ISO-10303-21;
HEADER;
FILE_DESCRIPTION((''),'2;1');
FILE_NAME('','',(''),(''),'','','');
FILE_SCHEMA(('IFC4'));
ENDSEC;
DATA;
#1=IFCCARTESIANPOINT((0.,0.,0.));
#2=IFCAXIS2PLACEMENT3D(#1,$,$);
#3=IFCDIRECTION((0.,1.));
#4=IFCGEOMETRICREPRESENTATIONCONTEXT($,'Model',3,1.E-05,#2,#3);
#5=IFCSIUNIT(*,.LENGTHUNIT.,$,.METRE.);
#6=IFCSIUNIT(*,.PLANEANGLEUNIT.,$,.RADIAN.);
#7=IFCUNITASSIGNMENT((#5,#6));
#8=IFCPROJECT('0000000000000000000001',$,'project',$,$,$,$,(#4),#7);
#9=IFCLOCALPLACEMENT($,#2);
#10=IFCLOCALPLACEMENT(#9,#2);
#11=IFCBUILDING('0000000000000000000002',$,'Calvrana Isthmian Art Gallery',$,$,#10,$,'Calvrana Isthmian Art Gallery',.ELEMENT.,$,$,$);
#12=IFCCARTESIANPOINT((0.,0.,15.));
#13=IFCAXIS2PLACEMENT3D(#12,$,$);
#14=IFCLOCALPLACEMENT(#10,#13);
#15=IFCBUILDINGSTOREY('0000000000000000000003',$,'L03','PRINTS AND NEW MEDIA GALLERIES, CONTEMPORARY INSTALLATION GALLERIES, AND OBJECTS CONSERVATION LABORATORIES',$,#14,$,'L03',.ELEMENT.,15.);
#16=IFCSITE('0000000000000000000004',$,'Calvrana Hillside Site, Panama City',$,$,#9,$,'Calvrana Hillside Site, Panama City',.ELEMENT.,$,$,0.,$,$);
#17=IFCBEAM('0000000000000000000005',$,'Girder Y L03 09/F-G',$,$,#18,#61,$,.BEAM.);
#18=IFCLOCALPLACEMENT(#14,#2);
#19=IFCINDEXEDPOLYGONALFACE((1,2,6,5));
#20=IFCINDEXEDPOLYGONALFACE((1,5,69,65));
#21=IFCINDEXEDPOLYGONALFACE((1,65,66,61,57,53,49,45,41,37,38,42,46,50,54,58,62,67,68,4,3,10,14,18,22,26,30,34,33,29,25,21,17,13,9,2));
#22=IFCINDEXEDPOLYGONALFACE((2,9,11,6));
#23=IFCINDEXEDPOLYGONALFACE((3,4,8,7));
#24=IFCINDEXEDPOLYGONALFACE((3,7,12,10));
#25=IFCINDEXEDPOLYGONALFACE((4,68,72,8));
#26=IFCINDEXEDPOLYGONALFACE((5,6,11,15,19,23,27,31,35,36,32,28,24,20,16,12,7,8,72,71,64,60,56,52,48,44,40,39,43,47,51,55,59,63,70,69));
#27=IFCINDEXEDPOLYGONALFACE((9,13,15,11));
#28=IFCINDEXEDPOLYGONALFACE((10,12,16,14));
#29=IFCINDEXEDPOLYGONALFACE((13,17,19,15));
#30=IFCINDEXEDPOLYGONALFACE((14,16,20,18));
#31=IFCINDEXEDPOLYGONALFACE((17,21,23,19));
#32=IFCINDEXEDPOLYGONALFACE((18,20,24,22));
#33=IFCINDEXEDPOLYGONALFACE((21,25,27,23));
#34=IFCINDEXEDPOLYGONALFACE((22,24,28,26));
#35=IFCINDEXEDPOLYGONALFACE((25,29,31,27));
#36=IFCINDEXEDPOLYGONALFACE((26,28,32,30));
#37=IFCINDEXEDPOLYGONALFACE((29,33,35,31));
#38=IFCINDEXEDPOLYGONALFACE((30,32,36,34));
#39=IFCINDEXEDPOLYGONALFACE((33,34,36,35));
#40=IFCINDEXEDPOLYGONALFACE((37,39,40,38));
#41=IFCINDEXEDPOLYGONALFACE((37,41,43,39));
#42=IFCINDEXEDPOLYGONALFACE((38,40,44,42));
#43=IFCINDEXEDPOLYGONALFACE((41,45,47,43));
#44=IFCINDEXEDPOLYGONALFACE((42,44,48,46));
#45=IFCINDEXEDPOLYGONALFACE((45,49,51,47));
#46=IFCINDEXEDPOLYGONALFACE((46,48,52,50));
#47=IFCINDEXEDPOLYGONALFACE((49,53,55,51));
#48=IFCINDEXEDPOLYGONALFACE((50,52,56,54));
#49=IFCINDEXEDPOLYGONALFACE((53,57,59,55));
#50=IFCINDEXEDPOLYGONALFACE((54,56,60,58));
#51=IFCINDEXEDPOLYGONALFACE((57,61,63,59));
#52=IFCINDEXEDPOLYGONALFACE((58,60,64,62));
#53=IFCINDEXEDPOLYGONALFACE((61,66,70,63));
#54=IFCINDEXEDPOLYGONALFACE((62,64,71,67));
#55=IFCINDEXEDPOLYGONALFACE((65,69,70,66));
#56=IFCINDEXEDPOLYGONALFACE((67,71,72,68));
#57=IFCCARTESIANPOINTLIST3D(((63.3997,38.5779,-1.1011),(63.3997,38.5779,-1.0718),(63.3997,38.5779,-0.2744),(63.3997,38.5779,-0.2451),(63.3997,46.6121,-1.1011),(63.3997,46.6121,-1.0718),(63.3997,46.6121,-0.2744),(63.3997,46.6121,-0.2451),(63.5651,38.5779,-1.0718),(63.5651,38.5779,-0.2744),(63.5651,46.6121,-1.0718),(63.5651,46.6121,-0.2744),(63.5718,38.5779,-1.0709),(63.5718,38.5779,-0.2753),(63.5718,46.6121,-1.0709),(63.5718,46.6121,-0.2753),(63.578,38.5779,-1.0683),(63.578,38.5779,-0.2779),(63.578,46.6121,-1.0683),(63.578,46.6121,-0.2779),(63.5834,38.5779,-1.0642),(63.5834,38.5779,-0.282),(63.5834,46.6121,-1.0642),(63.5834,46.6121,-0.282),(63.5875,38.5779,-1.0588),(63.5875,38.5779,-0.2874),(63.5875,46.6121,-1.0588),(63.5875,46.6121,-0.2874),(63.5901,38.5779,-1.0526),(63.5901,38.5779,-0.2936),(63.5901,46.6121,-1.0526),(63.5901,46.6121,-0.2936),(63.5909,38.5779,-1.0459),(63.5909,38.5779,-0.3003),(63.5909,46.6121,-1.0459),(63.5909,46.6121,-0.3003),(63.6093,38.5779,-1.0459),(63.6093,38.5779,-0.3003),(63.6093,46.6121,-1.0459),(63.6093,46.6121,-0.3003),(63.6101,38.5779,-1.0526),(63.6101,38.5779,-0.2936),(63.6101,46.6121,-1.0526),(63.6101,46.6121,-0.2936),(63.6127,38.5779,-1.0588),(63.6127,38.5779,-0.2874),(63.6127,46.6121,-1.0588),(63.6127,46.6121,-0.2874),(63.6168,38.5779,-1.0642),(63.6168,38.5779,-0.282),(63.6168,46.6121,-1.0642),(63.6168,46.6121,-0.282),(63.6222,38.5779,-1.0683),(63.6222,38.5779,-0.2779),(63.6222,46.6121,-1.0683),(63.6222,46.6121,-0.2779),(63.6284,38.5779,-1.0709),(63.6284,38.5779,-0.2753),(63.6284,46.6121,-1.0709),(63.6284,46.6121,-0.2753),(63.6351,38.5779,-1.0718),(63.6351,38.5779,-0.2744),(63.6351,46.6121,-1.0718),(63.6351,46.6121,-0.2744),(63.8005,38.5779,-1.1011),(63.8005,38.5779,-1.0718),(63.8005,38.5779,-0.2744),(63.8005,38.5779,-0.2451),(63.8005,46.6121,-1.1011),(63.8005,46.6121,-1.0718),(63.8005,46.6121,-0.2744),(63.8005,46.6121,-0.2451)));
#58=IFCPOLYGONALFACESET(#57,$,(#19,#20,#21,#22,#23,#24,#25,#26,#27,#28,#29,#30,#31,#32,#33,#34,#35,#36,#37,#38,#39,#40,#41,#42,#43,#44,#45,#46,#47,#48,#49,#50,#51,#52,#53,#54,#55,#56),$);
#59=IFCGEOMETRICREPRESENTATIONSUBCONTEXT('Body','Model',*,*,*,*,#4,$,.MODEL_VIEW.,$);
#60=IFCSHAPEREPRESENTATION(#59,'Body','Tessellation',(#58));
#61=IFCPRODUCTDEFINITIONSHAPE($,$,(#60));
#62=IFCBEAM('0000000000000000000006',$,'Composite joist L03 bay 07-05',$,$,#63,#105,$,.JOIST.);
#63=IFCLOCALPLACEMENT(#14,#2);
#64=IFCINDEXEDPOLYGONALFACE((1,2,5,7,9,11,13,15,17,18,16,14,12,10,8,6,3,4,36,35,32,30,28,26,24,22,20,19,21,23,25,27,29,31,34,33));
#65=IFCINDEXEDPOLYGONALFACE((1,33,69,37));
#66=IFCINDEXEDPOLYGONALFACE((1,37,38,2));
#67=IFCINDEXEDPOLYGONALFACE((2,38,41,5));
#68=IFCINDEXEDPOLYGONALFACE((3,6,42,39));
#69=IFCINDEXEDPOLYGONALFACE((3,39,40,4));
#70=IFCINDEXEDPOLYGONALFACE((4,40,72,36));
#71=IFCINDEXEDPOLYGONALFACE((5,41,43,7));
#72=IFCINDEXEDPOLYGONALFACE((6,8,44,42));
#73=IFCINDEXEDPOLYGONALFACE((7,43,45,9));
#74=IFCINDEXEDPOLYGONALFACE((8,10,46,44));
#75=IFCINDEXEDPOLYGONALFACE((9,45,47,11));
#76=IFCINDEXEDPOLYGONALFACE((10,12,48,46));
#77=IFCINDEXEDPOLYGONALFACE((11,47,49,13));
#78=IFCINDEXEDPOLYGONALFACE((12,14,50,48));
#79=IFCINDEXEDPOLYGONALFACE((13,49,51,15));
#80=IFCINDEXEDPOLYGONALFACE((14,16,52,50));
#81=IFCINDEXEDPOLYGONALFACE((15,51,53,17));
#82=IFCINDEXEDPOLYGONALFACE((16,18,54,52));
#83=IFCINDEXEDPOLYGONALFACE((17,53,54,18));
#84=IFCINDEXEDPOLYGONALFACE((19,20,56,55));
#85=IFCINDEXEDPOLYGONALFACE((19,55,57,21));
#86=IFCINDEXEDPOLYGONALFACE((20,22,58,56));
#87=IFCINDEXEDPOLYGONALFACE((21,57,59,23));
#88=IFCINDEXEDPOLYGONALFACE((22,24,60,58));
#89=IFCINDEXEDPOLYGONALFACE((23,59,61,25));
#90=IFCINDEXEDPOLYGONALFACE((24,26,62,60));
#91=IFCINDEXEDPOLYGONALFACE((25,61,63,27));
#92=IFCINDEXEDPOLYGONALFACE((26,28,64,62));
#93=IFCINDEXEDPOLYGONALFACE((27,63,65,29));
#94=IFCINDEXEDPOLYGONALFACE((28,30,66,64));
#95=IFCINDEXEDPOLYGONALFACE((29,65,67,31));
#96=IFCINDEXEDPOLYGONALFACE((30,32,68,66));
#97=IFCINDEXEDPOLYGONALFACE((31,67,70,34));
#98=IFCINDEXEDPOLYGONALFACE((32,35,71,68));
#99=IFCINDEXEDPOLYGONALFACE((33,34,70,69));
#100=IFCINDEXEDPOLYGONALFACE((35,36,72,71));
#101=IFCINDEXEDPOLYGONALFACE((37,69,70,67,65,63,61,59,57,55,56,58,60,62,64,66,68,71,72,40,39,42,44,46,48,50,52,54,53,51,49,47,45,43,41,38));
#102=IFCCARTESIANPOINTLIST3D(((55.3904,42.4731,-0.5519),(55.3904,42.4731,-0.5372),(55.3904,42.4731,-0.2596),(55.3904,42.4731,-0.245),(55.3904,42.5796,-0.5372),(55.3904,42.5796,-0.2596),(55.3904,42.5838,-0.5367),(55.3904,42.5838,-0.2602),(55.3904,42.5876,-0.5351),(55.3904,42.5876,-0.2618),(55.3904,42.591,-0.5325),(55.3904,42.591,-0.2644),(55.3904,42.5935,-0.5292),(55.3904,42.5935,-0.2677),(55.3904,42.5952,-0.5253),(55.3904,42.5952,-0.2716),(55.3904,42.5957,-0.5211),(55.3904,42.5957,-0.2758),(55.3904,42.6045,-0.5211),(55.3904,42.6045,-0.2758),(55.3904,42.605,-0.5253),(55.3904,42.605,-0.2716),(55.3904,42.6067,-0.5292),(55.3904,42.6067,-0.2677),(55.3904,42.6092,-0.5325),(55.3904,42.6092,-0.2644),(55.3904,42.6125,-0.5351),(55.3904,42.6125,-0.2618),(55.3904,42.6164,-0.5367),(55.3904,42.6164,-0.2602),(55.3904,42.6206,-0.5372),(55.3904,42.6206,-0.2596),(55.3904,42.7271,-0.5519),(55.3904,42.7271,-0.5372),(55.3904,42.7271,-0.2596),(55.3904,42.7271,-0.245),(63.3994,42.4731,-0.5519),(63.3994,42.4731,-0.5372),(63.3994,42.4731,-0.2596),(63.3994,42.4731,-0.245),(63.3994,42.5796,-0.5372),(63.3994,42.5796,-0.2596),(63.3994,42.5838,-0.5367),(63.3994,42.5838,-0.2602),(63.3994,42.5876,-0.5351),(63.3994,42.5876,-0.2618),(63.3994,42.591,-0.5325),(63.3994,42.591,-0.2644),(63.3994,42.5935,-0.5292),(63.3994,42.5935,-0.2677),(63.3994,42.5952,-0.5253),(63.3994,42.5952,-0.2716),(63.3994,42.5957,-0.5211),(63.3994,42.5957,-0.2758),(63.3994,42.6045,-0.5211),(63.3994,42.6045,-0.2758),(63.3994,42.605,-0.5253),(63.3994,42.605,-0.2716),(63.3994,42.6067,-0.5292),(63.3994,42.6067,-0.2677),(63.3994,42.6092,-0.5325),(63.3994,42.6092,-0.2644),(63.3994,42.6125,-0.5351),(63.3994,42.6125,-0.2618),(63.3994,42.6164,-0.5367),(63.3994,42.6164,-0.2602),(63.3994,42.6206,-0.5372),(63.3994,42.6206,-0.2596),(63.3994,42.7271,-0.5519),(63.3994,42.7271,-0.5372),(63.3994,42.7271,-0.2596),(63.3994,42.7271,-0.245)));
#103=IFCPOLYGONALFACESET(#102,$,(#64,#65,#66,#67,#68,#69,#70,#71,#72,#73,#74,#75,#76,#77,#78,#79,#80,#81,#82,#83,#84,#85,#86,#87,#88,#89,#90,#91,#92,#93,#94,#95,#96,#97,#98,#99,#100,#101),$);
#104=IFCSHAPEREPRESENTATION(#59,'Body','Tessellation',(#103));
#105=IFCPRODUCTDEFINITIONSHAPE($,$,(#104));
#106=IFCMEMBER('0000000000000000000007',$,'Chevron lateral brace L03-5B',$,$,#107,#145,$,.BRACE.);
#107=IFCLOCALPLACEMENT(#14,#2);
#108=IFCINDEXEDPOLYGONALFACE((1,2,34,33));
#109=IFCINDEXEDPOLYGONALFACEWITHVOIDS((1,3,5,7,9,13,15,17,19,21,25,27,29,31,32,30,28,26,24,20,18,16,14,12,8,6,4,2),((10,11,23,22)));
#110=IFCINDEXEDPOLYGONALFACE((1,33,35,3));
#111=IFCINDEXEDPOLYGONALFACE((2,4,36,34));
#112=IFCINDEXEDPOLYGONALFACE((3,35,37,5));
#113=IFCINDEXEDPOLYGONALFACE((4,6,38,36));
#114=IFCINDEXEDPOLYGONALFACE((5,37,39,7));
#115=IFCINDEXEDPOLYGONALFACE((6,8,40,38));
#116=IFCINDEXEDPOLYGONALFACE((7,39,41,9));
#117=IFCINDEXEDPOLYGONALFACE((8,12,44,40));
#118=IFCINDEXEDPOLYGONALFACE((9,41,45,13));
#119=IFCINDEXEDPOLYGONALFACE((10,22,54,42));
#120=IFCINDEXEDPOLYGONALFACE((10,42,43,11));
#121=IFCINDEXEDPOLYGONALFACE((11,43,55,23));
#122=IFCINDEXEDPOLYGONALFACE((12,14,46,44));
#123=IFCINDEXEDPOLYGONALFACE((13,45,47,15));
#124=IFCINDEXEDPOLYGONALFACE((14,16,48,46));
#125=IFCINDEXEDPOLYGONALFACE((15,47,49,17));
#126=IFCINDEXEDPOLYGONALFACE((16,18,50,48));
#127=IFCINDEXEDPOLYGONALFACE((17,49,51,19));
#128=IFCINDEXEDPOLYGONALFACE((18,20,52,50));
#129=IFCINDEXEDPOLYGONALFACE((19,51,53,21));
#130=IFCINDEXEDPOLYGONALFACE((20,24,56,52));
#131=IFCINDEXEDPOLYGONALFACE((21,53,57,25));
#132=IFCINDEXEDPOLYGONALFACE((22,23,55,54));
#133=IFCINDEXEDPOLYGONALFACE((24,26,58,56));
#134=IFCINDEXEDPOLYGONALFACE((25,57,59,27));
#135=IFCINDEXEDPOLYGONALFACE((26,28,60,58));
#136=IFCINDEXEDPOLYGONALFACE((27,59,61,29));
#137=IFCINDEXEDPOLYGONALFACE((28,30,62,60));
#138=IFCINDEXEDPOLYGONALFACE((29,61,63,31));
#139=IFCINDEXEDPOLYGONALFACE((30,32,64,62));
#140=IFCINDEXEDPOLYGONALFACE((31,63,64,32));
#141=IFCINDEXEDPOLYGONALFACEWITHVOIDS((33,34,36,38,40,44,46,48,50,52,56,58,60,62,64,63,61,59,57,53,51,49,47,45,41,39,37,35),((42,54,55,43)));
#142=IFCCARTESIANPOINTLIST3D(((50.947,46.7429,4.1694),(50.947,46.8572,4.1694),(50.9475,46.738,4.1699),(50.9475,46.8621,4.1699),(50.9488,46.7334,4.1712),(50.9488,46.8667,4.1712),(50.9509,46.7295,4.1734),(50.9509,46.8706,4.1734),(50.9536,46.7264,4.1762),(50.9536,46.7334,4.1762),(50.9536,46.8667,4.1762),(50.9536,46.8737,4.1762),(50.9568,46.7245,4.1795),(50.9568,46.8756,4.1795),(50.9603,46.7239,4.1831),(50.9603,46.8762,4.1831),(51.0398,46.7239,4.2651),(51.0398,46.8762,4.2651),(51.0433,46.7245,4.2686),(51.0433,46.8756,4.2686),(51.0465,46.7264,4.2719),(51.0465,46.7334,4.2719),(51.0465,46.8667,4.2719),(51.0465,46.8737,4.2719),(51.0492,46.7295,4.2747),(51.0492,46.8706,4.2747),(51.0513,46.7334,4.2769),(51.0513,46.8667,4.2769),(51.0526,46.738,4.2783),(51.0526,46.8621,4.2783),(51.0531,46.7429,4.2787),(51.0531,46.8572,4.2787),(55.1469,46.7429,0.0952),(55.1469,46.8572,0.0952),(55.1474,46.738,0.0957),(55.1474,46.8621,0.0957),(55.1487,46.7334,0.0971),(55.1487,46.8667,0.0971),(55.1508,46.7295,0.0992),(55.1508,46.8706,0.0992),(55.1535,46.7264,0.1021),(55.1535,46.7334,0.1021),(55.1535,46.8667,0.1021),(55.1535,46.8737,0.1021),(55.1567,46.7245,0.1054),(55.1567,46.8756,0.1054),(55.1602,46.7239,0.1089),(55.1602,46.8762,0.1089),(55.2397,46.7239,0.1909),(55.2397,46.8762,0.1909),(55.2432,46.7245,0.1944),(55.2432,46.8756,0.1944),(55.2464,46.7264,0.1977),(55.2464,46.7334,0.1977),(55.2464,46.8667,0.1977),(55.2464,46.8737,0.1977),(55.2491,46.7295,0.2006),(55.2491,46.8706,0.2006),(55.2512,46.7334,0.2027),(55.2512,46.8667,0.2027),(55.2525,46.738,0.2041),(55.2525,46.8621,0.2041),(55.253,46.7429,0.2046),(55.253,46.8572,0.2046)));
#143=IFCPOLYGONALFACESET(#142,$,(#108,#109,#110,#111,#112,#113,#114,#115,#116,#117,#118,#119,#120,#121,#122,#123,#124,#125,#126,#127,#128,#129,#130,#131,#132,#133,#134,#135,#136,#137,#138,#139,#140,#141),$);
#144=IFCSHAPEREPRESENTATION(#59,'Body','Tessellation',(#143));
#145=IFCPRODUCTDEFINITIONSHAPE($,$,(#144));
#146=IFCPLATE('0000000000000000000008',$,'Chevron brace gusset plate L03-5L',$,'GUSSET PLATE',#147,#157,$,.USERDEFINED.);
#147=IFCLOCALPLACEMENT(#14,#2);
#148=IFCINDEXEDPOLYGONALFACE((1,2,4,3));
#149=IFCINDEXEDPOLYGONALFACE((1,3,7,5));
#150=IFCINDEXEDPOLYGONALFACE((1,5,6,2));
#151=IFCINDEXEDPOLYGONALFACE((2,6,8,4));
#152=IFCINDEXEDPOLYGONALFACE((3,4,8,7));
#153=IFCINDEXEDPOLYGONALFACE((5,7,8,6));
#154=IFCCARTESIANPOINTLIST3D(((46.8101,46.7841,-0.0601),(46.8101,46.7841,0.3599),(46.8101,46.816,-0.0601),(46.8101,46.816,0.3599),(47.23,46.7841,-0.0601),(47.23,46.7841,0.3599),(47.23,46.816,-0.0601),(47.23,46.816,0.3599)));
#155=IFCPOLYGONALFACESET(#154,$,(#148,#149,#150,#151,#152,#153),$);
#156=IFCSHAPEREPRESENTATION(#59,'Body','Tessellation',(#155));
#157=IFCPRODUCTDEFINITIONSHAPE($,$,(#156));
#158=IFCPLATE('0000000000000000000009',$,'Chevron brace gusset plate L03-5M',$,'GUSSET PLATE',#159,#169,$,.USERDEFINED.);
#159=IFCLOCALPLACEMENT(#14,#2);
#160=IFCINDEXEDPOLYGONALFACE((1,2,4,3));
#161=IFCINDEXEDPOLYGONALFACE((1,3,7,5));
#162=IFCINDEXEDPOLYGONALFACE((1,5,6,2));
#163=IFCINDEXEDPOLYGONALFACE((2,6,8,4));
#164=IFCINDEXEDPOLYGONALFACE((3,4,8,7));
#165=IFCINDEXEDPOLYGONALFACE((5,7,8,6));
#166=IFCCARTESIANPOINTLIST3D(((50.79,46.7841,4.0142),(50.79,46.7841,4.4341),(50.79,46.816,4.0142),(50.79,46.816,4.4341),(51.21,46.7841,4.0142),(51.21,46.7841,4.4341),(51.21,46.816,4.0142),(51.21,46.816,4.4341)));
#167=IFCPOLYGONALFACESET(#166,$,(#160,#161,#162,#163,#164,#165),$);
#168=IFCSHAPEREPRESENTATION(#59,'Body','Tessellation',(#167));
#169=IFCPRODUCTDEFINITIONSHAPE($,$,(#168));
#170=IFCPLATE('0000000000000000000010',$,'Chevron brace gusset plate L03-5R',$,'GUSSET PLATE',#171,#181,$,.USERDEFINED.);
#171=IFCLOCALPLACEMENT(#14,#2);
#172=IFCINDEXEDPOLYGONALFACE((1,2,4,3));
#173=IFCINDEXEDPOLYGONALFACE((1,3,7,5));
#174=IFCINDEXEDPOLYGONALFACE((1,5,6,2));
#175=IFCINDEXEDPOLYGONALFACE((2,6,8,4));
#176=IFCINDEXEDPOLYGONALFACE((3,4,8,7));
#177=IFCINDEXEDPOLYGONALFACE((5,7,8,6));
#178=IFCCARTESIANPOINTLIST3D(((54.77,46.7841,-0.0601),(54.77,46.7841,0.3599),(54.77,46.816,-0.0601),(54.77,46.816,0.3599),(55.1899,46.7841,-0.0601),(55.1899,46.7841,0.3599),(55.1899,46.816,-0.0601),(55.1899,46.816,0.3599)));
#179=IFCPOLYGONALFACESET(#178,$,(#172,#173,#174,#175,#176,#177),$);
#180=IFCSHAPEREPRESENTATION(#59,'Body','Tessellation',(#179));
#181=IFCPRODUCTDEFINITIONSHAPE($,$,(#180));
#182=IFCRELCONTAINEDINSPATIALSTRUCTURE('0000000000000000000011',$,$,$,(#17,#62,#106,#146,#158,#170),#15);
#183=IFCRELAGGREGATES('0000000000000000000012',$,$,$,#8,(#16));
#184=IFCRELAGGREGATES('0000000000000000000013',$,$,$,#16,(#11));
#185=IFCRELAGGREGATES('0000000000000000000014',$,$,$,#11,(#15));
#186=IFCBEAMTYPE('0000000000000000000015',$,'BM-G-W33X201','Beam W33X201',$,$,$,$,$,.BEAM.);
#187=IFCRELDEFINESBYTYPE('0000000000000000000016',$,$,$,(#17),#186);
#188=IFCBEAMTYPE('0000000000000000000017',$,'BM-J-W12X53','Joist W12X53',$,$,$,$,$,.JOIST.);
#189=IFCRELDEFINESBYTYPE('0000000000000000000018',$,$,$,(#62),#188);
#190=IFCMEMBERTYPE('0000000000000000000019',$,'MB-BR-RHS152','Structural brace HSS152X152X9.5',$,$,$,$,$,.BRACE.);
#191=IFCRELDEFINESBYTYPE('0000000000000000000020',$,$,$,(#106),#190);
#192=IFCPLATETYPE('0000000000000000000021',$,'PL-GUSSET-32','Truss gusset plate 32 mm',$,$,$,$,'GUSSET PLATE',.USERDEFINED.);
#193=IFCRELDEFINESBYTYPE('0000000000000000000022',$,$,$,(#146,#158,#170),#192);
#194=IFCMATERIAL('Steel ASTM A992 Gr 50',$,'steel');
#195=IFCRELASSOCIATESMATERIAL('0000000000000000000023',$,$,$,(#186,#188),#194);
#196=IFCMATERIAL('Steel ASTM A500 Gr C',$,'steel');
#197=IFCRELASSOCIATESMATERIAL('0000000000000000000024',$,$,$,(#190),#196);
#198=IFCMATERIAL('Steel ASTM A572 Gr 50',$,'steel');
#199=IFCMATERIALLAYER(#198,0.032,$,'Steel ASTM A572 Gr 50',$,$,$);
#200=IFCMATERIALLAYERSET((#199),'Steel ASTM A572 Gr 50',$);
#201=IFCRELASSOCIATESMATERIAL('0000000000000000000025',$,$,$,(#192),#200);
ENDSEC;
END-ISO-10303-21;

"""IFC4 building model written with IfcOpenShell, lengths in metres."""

from ifc_helpers import new_model, si_unit, direction, frame, origin, origin_2d, place, context, subcontext, project, spatial, rectangle, hollow_rectangle, i_section, extrude, material, layer, layer_set, material_profile, profile_set, type_object, element, save


model = new_model("IFC4")

# Units and contexts
model_context = context("Model", 3, precision=1e-05, world=origin(), true_north=direction((0.0, 1.0)))
body_context = subcontext(model_context, "Body", "Model", "MODEL_VIEW")
ifc_project = project(units=[si_unit("LENGTHUNIT", "METRE"), si_unit("PLANEANGLEUNIT", "RADIAN")], contexts=[model_context])

# Site, building, storey
site_placement = place(None, origin())
site = spatial("IfcSite", under=ifc_project, at=site_placement, Name="Calvrana Hillside Site, Panama City", LongName="Calvrana Hillside Site, Panama City", CompositionType="ELEMENT", RefElevation=0.0)
building_placement = place(site_placement, origin())
building = spatial("IfcBuilding", under=site, at=building_placement, Name="Calvrana Isthmian Art Gallery", LongName="Calvrana Isthmian Art Gallery", CompositionType="ELEMENT")
storey_placement = place(building_placement, frame((0.0, 0.0, 15.0)))
storey = spatial("IfcBuildingStorey", under=building, at=storey_placement, Name="L03", Description="PRINTS AND NEW MEDIA GALLERIES, CONTEMPORARY INSTALLATION GALLERIES, AND OBJECTS CONSERVATION LABORATORIES", LongName="L03", CompositionType="ELEMENT", Elevation=15.0)

# Shared definitions
ifc_material_1 = material(Name="Steel ASTM A992 Gr 50", Category="steel")

# Beams
ifc_material_profile_1 = material_profile(ifc_material_1, i_section(OverallWidth=0.4009, OverallDepth=0.856, WebThickness=0.0183, FlangeThickness=0.0293, FilletRadius=0.0259, at=origin_2d()), Name="W33X201")
ifc_profile_set_1 = profile_set([ifc_material_profile_1], Name="Steel ASTM A992 Gr 50")
beam_type_1 = type_object("IfcBeamType", Name="BM-G-W33X201", Description="Beam W33X201", PredefinedType="BEAM", material=ifc_profile_set_1)
beam_1_placement = place(storey_placement, frame((63.6001, 38.5779, -0.6731), z_axis=(0.0, 1.0, 0.0), x_axis=(-1.0, 0.0, 0.0)))
element("IfcBeam", 1, at=beam_1_placement, inside=storey, type_object=beam_type_1, Name="Girder Y L03 09/F-G", PredefinedType="BEAM", context=body_context, shape_type="SweptSolid", body=[
    extrude(i_section(OverallWidth=0.4009, OverallDepth=0.856, WebThickness=0.0183, FlangeThickness=0.0293, FilletRadius=0.0259, at=origin_2d()), origin(), (0.0, 0.0, 1.0), 8.0342),
])
ifc_material_profile_2 = material_profile(ifc_material_1, i_section(OverallWidth=0.2539, OverallDepth=0.3069, WebThickness=0.0088, FlangeThickness=0.0146, FilletRadius=0.0161, at=origin_2d()), Name="W12X53")
ifc_profile_set_2 = profile_set([ifc_material_profile_2], Name="Steel ASTM A992 Gr 50")
beam_type_2 = type_object("IfcBeamType", Name="BM-J-W12X53", Description="Joist W12X53", PredefinedType="JOIST", material=ifc_profile_set_2)
beam_2_placement = place(storey_placement, frame((55.3904, 42.6001, -0.3984), z_axis=(1.0, 0.0, 0.0), x_axis=(0.0, 1.0, 0.0)))
element("IfcBeam", 2, at=beam_2_placement, inside=storey, type_object=beam_type_2, Name="Composite joist L03 bay 07-05", PredefinedType="JOIST", context=body_context, shape_type="SweptSolid", body=[
    extrude(i_section(OverallWidth=0.2539, OverallDepth=0.3069, WebThickness=0.0088, FlangeThickness=0.0146, FilletRadius=0.0161, at=origin_2d()), origin(), (0.0, 0.0, 1.0), 8.009),
])

# Member
ifc_material_2 = material(Name="Steel ASTM A500 Gr C", Category="steel")
ifc_material_profile_3 = material_profile(ifc_material_2, hollow_rectangle(XDim=0.1523, YDim=0.1523, WallThickness=0.0095, OuterFilletRadius=0.019, at=origin_2d()), Name="HSS152X152X9.5")
ifc_profile_set_3 = profile_set([ifc_material_profile_3], Name="Steel ASTM A500 Gr C")
member_type = type_object("IfcMemberType", Name="MB-BR-RHS152", Description="Structural brace HSS152X152X9.5", PredefinedType="BRACE", material=ifc_profile_set_3)
member_placement = place(storey_placement, frame((55.2, 46.8, 0.1499), z_axis=(-0.717769, 0.0, 0.696281), x_axis=(0.0, -1.0, 0.0)))
element("IfcMember", 3, at=member_placement, inside=storey, type_object=member_type, Name="Chevron lateral brace L03-5B", PredefinedType="BRACE", context=body_context, shape_type="SweptSolid", body=[
    extrude(hollow_rectangle(XDim=0.1523, YDim=0.1523, WallThickness=0.0095, OuterFilletRadius=0.019, at=origin_2d()), origin(), (0.0, 0.0, 1.0), 5.8513),
])

# Plates
ifc_material_3 = material(Name="Steel ASTM A572 Gr 50", Category="steel")
ifc_layer_1 = layer(ifc_material_3, 0.032, Name="Steel ASTM A572 Gr 50")
ifc_layer_set_1 = layer_set([ifc_layer_1], Name="Steel ASTM A572 Gr 50")
plate_type = type_object("IfcPlateType", Name="PL-GUSSET-32", Description="Truss gusset plate 32 mm", ElementType="GUSSET PLATE", PredefinedType="USERDEFINED", material=ifc_layer_set_1)
for number, where, z_axis, x_axis, name in (
    (4, (47.02, 46.8, -0.0601), (0.0, 0.0, 1.0), (1.0, 0.0, 0.0), "Chevron brace gusset plate L03-5L"),
    (5, (51.0, 46.8, 4.0142), (0.0, 0.0, 1.0), (1.0, 0.0, 0.0), "Chevron brace gusset plate L03-5M"),
    (6, (54.98, 46.8, -0.0601), (0.0, 0.0, 1.0), (1.0, 0.0, 0.0), "Chevron brace gusset plate L03-5R"),
):
    element("IfcPlate", number, at=place(storey_placement, frame(where, z_axis=z_axis, x_axis=x_axis)), inside=storey, type_object=plate_type, Name=name, ObjectType="GUSSET PLATE", PredefinedType="USERDEFINED", context=body_context, shape_type="SweptSolid", body=[
        extrude(rectangle(XDim=0.4199, YDim=0.032, at=origin_2d()), origin(), (0.0, 0.0, 1.0), 0.4199),
    ])

save(model, "model.ifc")
